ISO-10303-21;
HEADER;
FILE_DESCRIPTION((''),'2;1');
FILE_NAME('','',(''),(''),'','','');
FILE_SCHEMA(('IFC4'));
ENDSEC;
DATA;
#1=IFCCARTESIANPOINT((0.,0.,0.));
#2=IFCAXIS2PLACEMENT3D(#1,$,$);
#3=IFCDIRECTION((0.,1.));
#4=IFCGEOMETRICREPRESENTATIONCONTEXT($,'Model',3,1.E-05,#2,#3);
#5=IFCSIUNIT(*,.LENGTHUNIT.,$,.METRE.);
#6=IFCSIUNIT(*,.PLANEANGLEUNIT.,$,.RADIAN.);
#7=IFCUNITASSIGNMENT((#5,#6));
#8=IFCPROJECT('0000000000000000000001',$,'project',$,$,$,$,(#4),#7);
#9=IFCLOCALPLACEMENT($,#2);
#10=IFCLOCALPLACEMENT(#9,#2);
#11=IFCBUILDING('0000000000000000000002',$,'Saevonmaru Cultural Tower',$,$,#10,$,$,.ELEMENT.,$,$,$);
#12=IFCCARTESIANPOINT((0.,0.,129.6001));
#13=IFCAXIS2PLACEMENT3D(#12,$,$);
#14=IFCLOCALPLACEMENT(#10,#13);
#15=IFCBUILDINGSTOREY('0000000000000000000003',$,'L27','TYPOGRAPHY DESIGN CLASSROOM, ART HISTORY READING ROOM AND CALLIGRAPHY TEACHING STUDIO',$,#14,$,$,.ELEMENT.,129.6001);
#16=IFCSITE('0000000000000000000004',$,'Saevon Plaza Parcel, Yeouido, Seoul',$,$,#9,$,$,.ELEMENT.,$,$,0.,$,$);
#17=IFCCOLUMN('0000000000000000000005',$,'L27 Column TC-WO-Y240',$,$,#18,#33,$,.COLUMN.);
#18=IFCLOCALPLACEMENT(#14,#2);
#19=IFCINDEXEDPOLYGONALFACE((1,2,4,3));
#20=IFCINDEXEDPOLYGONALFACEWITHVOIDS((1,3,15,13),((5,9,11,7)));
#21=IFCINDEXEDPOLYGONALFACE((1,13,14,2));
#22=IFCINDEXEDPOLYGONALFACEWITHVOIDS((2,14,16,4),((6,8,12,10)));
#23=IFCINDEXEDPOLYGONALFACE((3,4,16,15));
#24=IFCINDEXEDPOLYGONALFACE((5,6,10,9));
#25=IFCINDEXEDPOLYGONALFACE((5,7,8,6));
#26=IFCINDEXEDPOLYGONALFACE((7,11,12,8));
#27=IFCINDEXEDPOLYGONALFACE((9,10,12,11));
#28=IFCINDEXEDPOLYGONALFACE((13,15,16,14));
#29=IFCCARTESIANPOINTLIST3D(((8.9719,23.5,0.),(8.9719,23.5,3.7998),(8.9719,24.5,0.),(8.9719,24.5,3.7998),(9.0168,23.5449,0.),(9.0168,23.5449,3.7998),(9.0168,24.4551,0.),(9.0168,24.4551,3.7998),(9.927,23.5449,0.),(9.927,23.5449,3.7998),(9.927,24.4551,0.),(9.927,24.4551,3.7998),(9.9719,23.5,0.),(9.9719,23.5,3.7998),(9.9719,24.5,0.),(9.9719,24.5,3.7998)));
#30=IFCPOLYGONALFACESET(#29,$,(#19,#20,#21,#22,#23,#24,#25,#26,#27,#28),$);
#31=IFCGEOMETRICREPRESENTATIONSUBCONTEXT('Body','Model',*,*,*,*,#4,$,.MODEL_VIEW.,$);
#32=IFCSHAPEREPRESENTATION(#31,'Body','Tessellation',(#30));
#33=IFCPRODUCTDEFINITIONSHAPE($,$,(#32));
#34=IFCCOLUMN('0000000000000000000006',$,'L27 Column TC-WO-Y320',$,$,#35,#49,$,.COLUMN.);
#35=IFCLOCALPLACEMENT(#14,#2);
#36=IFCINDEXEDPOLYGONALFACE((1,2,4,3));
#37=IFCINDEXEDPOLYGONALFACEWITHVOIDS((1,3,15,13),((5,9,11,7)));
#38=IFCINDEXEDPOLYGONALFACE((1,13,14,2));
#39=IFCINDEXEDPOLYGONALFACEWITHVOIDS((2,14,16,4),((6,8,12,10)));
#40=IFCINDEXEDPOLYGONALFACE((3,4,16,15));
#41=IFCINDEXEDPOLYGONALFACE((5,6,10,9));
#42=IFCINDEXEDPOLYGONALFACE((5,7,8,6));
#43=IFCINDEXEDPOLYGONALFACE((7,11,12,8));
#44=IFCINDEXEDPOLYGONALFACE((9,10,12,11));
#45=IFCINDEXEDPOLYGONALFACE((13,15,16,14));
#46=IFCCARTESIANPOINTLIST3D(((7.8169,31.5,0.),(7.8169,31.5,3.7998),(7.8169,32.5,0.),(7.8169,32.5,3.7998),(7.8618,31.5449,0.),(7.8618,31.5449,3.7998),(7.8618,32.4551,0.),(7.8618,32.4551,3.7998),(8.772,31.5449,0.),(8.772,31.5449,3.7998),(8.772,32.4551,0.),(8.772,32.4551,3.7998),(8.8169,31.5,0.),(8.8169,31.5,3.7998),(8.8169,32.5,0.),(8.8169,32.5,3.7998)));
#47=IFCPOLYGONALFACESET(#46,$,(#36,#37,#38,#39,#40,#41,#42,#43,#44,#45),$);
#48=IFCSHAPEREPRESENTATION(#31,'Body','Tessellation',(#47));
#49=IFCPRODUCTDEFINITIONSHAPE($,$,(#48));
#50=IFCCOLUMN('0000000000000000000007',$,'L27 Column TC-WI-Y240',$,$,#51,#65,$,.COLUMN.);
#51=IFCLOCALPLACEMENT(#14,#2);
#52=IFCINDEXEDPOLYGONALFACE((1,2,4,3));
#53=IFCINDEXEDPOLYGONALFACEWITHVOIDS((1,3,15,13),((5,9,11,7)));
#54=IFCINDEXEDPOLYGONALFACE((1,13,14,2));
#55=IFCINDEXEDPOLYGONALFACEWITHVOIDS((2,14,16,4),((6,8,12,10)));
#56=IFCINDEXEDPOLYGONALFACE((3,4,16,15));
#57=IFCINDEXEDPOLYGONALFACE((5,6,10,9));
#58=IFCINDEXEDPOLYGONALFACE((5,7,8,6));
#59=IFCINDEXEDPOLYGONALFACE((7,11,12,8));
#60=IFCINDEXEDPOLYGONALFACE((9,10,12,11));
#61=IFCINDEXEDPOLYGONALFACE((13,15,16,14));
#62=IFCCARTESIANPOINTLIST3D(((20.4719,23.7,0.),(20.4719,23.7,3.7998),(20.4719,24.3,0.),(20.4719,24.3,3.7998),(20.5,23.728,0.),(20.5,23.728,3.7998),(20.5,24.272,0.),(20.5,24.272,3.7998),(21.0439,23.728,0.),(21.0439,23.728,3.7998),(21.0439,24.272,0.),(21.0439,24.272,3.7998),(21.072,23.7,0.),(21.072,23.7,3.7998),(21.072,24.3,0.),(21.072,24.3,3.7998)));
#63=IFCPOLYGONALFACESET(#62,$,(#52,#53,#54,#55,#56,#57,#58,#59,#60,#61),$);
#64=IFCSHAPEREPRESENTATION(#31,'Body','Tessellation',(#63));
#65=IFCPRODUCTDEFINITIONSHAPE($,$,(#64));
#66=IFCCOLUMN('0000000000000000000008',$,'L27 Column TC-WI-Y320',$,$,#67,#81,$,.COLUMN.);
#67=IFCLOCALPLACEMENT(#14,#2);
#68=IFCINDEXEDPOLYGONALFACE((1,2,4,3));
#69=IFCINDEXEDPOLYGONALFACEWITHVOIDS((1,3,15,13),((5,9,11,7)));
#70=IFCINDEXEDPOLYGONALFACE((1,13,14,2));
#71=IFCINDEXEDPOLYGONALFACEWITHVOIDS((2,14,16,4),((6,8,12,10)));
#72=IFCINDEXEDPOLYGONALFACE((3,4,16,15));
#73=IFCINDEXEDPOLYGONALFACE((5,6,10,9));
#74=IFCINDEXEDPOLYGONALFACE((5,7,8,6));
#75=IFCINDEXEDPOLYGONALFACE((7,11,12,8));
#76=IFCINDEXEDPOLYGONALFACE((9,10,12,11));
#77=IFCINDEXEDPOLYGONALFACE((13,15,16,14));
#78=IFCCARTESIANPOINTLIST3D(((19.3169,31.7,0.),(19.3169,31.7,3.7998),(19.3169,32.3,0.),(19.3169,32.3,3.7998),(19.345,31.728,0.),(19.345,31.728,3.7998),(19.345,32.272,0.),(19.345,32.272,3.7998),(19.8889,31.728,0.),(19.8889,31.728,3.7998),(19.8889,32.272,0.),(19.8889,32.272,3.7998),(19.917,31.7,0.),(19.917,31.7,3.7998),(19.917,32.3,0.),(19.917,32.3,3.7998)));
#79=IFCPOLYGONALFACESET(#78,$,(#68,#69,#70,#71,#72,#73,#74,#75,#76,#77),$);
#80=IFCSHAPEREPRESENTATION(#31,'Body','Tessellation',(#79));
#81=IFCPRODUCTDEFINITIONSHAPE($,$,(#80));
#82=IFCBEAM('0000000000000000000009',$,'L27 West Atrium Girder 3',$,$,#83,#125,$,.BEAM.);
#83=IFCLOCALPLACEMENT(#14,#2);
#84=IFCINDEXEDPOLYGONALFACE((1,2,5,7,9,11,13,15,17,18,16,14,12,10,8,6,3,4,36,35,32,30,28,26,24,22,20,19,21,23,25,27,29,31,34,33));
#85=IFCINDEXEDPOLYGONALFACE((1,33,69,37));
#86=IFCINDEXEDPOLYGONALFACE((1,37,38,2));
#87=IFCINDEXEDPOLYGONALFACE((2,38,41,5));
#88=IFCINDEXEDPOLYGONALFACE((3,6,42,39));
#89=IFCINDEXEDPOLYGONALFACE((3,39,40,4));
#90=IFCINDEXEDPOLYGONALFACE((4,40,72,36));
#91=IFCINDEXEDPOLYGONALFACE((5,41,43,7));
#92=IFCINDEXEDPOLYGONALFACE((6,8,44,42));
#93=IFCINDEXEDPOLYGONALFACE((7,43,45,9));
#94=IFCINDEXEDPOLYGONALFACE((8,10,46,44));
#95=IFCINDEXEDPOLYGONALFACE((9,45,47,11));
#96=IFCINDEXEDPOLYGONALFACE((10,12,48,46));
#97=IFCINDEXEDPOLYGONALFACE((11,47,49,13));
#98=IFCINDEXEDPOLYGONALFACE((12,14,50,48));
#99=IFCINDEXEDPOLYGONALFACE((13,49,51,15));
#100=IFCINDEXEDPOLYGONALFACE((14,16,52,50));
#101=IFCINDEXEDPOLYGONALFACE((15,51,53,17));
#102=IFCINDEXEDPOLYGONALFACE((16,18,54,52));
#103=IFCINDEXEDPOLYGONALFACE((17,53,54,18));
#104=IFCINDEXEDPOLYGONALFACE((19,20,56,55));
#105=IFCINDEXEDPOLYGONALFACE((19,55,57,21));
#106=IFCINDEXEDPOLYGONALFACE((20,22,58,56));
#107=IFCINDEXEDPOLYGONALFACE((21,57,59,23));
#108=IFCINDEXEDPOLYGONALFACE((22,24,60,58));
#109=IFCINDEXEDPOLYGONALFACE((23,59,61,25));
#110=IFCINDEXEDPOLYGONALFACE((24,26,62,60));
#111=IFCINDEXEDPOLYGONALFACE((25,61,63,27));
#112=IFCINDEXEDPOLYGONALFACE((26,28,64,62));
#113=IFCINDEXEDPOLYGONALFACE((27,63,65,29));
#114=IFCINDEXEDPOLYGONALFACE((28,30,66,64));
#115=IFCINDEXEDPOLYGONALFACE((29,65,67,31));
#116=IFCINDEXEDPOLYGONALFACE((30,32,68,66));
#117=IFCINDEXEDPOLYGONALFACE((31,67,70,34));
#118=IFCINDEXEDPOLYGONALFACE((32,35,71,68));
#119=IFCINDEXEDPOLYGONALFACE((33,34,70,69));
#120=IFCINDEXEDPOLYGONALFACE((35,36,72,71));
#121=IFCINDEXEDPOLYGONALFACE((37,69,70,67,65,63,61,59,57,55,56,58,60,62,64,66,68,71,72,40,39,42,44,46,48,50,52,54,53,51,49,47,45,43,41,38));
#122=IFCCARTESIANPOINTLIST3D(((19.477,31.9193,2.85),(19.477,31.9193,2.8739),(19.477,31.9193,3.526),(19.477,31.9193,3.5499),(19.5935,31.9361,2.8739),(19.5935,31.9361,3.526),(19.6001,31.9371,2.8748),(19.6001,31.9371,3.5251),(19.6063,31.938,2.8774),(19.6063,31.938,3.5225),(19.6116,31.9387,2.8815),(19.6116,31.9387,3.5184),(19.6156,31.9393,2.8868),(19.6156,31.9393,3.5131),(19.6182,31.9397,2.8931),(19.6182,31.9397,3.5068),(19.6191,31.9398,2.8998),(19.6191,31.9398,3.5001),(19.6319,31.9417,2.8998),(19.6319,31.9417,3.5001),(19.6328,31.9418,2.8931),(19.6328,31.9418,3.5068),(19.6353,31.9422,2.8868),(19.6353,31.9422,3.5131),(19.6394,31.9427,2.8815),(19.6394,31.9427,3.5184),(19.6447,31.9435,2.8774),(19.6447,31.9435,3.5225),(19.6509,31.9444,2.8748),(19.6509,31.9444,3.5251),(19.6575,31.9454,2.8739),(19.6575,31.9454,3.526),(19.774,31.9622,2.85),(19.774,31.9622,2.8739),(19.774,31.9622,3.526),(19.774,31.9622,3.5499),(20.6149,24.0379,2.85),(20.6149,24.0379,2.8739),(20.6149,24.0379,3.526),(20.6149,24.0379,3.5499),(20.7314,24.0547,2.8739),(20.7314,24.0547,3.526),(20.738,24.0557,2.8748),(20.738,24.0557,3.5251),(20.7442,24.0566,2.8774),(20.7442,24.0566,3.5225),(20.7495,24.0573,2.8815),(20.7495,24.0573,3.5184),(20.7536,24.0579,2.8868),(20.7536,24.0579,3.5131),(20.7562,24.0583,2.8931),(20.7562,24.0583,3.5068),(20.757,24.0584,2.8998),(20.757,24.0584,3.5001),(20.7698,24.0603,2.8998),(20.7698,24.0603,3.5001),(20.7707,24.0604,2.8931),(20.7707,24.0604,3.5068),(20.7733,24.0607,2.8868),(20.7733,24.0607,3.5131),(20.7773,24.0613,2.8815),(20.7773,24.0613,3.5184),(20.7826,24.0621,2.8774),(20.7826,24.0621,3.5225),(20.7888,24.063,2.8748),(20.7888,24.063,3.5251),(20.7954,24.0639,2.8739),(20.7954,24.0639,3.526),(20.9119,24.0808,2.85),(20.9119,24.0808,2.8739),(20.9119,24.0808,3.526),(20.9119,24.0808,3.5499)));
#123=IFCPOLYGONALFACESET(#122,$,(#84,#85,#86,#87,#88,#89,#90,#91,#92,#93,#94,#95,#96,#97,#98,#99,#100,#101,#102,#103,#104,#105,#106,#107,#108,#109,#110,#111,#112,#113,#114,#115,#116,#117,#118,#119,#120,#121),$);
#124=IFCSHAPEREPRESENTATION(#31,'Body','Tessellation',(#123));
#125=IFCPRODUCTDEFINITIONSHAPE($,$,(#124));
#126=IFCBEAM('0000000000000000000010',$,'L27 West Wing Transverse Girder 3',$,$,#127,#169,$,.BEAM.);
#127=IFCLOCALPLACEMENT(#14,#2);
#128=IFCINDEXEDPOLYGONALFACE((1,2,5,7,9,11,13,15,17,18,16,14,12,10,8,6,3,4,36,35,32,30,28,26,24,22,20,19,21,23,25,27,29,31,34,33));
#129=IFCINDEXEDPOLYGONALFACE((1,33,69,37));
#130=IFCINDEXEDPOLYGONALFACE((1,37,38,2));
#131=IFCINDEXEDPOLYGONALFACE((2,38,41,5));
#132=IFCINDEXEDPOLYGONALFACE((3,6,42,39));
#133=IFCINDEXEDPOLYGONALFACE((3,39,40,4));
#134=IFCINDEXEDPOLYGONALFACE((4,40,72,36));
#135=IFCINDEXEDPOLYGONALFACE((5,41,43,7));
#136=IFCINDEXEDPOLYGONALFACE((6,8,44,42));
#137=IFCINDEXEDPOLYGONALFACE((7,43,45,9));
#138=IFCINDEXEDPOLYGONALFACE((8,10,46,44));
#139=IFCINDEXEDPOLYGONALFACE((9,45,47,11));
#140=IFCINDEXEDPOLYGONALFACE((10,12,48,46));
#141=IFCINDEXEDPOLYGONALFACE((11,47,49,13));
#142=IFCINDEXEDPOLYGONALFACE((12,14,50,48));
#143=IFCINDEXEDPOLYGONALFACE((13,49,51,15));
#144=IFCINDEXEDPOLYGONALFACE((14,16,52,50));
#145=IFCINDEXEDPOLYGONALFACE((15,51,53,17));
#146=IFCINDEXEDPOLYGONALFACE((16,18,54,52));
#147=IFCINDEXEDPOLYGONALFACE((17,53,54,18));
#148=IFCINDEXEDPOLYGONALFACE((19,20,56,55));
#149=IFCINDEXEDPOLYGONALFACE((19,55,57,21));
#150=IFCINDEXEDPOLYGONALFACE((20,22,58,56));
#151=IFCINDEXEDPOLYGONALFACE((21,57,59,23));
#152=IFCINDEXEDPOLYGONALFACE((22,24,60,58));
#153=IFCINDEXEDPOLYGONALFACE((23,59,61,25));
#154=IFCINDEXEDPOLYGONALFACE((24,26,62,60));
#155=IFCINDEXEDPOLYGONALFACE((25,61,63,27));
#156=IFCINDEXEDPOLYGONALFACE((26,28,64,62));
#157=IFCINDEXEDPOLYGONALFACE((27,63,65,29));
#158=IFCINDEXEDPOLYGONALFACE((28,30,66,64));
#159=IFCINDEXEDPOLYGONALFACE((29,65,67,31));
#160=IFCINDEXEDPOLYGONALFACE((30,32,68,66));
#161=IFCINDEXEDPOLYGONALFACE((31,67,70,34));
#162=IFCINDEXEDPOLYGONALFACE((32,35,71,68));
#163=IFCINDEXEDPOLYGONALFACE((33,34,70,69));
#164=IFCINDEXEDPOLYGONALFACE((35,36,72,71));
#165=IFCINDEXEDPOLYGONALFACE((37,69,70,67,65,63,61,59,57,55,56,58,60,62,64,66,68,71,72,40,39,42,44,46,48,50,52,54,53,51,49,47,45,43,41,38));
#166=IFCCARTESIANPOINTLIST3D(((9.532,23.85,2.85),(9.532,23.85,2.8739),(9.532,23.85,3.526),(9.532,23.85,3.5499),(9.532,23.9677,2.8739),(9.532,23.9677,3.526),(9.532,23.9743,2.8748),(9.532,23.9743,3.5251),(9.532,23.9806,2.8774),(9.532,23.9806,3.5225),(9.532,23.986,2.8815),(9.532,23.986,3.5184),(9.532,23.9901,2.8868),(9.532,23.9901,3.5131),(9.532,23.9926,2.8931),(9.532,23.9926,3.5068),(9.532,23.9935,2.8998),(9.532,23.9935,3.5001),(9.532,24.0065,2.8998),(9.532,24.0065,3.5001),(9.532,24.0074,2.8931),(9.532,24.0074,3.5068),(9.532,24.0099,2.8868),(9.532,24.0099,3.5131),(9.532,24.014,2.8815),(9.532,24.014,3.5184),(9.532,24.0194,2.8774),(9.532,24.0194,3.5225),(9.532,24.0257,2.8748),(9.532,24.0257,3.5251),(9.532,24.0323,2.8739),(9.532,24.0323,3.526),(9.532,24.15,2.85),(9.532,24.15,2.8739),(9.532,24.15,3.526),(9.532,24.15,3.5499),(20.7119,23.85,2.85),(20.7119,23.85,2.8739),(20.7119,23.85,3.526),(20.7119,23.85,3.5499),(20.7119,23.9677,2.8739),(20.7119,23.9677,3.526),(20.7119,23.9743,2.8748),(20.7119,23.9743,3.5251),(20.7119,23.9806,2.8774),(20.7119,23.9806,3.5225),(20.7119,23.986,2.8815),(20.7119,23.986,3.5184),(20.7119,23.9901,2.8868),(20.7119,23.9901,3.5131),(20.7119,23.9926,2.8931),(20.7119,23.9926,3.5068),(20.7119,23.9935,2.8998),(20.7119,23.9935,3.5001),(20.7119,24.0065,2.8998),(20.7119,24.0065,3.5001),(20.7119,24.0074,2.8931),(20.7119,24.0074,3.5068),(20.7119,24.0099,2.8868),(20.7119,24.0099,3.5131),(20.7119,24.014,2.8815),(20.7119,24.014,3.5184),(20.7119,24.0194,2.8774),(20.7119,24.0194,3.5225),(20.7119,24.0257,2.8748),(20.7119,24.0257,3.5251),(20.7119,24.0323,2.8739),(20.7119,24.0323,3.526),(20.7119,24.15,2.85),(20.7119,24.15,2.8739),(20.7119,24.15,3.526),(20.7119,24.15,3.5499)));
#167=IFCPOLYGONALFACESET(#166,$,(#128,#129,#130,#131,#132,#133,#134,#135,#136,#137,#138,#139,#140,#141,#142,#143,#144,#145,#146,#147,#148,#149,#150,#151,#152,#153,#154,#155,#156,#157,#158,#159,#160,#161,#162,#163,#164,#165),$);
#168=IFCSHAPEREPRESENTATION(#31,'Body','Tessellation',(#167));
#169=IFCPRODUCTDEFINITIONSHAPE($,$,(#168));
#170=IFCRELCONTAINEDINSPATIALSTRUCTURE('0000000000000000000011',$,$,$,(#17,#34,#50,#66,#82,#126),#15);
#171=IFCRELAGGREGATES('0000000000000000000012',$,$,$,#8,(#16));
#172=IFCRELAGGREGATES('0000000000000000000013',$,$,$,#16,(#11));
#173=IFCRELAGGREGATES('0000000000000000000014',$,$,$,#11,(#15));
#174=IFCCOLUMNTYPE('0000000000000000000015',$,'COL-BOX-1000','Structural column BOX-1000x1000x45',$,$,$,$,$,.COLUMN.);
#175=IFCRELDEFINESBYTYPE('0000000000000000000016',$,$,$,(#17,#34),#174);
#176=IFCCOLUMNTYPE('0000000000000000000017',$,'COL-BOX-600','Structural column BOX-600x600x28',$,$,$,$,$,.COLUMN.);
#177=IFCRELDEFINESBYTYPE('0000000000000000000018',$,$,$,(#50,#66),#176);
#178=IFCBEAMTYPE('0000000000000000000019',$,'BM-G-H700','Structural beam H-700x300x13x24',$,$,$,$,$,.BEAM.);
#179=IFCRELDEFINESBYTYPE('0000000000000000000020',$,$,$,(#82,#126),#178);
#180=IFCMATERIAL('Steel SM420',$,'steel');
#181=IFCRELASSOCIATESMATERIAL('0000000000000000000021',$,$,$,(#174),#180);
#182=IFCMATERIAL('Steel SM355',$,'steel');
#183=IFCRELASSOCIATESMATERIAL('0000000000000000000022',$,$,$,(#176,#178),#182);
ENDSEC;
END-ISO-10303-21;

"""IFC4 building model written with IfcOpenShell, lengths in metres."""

from ifc_helpers import new_model, si_unit, direction, frame, origin, origin_2d, place, context, subcontext, project, spatial, hollow_rectangle, i_section, extrude, material, material_profile, profile_set, type_object, element, save


model = new_model("IFC4")

# Units and contexts
model_context = context("Model", 3, precision=1e-05, world=origin(), true_north=direction((0.0, 1.0)))
body_context = subcontext(model_context, "Body", "Model", "MODEL_VIEW")
ifc_project = project(units=[si_unit("LENGTHUNIT", "METRE"), si_unit("PLANEANGLEUNIT", "RADIAN")], contexts=[model_context])

# Site, building, storey
site_placement = place(None, origin())
site = spatial("IfcSite", under=ifc_project, at=site_placement, Name="Saevon Plaza Parcel, Yeouido, Seoul", CompositionType="ELEMENT", RefElevation=0.0)
building_placement = place(site_placement, origin())
building = spatial("IfcBuilding", under=site, at=building_placement, Name="Saevonmaru Cultural Tower", CompositionType="ELEMENT")
storey_placement = place(building_placement, frame((0.0, 0.0, 129.6001)))
storey = spatial("IfcBuildingStorey", under=building, at=storey_placement, Name="L27", Description="TYPOGRAPHY DESIGN CLASSROOM, ART HISTORY READING ROOM AND CALLIGRAPHY TEACHING STUDIO", CompositionType="ELEMENT", Elevation=129.6001)

# Columns
ifc_material_1 = material(Name="Steel SM420", Category="steel")
ifc_material_profile_1 = material_profile(ifc_material_1, hollow_rectangle(XDim=1.0, YDim=1.0, WallThickness=0.0449, at=origin_2d()), Name="BOX-1000x1000x45")
ifc_profile_set_1 = profile_set([ifc_material_profile_1], Name="Steel SM420")
column_type_1 = type_object("IfcColumnType", Name="COL-BOX-1000", Description="Structural column BOX-1000x1000x45", PredefinedType="COLUMN", material=ifc_profile_set_1)
for number, where, z_axis, x_axis, name in (
    (1, (9.4719, 24.0, 0.0), (0.0, 0.0, 1.0), (1.0, 0.0, 0.0), "L27 Column TC-WO-Y240"),
    (2, (8.3169, 32.0, 0.0), (0.0, 0.0, 1.0), (1.0, 0.0, 0.0), "L27 Column TC-WO-Y320"),
):
    element("IfcColumn", number, at=place(storey_placement, frame(where, z_axis=z_axis, x_axis=x_axis)), inside=storey, type_object=column_type_1, Name=name, PredefinedType="COLUMN", context=body_context, shape_type="SweptSolid", body=[
        extrude(hollow_rectangle(XDim=1.0, YDim=1.0, WallThickness=0.0449, at=origin_2d()), origin(), (0.0, 0.0, 1.0), 3.7998),
    ])
ifc_material_2 = material(Name="Steel SM355", Category="steel")
ifc_material_profile_2 = material_profile(ifc_material_2, hollow_rectangle(XDim=0.6001, YDim=0.6001, WallThickness=0.0281, at=origin_2d()), Name="BOX-600x600x28")
ifc_profile_set_2 = profile_set([ifc_material_profile_2], Name="Steel SM355")
column_type_2 = type_object("IfcColumnType", Name="COL-BOX-600", Description="Structural column BOX-600x600x28", PredefinedType="COLUMN", material=ifc_profile_set_2)
for number, where, z_axis, x_axis, name in (
    (3, (20.772, 24.0, 0.0), (0.0, 0.0, 1.0), (1.0, 0.0, 0.0), "L27 Column TC-WI-Y240"),
    (4, (19.6169, 32.0, 0.0), (0.0, 0.0, 1.0), (1.0, 0.0, 0.0), "L27 Column TC-WI-Y320"),
):
    element("IfcColumn", number, at=place(storey_placement, frame(where, z_axis=z_axis, x_axis=x_axis)), inside=storey, type_object=column_type_2, Name=name, PredefinedType="COLUMN", context=body_context, shape_type="SweptSolid", body=[
        extrude(hollow_rectangle(XDim=0.6001, YDim=0.6001, WallThickness=0.0281, at=origin_2d()), origin(), (0.0, 0.0, 1.0), 3.7998),
    ])

# Beams
ifc_material_profile_3 = material_profile(ifc_material_2, i_section(OverallWidth=0.3, OverallDepth=0.7, WebThickness=0.0129, FlangeThickness=0.0239, FilletRadius=0.0259, at=origin_2d()), Name="H-700x300x13x24")
ifc_profile_set_3 = profile_set([ifc_material_profile_3], Name="Steel SM355")
beam_type_1 = type_object("IfcBeamType", Name="BM-G-H700", Description="Structural beam H-700x300x13x24", PredefinedType="BEAM", material=ifc_profile_set_3)
beam_1_placement = place(storey_placement, frame((20.7634, 24.0593, 3.2), z_axis=(-0.142902, 0.989737, 0.0), x_axis=(-0.989737, -0.142902, 0.0)))
element("IfcBeam", 5, at=beam_1_placement, inside=storey, type_object=beam_type_1, Name="L27 West Atrium Girder 3", PredefinedType="BEAM", context=body_context, shape_type="SweptSolid", body=[
    extrude(i_section(OverallWidth=0.3, OverallDepth=0.7, WebThickness=0.0129, FlangeThickness=0.0239, FilletRadius=0.0259, at=origin_2d()), origin(), (0.0, 0.0, 1.0), 7.9631),
])
for number, where, z_axis, x_axis, name in (
    (6, (9.532, 24.0, 3.2), (1.0, 0.0, 0.0), (0.0, 1.0, 0.0), "L27 West Wing Transverse Girder 3"),
):
    element("IfcBeam", number, at=place(storey_placement, frame(where, z_axis=z_axis, x_axis=x_axis)), inside=storey, type_object=beam_type_1, Name=name, PredefinedType="BEAM", context=body_context, shape_type="SweptSolid", body=[
        extrude(i_section(OverallWidth=0.3, OverallDepth=0.7, WebThickness=0.0129, FlangeThickness=0.0239, FilletRadius=0.0259, at=origin_2d()), origin(), (0.0, 0.0, 1.0), 11.1799),
    ])

save(model, "model.ifc")
